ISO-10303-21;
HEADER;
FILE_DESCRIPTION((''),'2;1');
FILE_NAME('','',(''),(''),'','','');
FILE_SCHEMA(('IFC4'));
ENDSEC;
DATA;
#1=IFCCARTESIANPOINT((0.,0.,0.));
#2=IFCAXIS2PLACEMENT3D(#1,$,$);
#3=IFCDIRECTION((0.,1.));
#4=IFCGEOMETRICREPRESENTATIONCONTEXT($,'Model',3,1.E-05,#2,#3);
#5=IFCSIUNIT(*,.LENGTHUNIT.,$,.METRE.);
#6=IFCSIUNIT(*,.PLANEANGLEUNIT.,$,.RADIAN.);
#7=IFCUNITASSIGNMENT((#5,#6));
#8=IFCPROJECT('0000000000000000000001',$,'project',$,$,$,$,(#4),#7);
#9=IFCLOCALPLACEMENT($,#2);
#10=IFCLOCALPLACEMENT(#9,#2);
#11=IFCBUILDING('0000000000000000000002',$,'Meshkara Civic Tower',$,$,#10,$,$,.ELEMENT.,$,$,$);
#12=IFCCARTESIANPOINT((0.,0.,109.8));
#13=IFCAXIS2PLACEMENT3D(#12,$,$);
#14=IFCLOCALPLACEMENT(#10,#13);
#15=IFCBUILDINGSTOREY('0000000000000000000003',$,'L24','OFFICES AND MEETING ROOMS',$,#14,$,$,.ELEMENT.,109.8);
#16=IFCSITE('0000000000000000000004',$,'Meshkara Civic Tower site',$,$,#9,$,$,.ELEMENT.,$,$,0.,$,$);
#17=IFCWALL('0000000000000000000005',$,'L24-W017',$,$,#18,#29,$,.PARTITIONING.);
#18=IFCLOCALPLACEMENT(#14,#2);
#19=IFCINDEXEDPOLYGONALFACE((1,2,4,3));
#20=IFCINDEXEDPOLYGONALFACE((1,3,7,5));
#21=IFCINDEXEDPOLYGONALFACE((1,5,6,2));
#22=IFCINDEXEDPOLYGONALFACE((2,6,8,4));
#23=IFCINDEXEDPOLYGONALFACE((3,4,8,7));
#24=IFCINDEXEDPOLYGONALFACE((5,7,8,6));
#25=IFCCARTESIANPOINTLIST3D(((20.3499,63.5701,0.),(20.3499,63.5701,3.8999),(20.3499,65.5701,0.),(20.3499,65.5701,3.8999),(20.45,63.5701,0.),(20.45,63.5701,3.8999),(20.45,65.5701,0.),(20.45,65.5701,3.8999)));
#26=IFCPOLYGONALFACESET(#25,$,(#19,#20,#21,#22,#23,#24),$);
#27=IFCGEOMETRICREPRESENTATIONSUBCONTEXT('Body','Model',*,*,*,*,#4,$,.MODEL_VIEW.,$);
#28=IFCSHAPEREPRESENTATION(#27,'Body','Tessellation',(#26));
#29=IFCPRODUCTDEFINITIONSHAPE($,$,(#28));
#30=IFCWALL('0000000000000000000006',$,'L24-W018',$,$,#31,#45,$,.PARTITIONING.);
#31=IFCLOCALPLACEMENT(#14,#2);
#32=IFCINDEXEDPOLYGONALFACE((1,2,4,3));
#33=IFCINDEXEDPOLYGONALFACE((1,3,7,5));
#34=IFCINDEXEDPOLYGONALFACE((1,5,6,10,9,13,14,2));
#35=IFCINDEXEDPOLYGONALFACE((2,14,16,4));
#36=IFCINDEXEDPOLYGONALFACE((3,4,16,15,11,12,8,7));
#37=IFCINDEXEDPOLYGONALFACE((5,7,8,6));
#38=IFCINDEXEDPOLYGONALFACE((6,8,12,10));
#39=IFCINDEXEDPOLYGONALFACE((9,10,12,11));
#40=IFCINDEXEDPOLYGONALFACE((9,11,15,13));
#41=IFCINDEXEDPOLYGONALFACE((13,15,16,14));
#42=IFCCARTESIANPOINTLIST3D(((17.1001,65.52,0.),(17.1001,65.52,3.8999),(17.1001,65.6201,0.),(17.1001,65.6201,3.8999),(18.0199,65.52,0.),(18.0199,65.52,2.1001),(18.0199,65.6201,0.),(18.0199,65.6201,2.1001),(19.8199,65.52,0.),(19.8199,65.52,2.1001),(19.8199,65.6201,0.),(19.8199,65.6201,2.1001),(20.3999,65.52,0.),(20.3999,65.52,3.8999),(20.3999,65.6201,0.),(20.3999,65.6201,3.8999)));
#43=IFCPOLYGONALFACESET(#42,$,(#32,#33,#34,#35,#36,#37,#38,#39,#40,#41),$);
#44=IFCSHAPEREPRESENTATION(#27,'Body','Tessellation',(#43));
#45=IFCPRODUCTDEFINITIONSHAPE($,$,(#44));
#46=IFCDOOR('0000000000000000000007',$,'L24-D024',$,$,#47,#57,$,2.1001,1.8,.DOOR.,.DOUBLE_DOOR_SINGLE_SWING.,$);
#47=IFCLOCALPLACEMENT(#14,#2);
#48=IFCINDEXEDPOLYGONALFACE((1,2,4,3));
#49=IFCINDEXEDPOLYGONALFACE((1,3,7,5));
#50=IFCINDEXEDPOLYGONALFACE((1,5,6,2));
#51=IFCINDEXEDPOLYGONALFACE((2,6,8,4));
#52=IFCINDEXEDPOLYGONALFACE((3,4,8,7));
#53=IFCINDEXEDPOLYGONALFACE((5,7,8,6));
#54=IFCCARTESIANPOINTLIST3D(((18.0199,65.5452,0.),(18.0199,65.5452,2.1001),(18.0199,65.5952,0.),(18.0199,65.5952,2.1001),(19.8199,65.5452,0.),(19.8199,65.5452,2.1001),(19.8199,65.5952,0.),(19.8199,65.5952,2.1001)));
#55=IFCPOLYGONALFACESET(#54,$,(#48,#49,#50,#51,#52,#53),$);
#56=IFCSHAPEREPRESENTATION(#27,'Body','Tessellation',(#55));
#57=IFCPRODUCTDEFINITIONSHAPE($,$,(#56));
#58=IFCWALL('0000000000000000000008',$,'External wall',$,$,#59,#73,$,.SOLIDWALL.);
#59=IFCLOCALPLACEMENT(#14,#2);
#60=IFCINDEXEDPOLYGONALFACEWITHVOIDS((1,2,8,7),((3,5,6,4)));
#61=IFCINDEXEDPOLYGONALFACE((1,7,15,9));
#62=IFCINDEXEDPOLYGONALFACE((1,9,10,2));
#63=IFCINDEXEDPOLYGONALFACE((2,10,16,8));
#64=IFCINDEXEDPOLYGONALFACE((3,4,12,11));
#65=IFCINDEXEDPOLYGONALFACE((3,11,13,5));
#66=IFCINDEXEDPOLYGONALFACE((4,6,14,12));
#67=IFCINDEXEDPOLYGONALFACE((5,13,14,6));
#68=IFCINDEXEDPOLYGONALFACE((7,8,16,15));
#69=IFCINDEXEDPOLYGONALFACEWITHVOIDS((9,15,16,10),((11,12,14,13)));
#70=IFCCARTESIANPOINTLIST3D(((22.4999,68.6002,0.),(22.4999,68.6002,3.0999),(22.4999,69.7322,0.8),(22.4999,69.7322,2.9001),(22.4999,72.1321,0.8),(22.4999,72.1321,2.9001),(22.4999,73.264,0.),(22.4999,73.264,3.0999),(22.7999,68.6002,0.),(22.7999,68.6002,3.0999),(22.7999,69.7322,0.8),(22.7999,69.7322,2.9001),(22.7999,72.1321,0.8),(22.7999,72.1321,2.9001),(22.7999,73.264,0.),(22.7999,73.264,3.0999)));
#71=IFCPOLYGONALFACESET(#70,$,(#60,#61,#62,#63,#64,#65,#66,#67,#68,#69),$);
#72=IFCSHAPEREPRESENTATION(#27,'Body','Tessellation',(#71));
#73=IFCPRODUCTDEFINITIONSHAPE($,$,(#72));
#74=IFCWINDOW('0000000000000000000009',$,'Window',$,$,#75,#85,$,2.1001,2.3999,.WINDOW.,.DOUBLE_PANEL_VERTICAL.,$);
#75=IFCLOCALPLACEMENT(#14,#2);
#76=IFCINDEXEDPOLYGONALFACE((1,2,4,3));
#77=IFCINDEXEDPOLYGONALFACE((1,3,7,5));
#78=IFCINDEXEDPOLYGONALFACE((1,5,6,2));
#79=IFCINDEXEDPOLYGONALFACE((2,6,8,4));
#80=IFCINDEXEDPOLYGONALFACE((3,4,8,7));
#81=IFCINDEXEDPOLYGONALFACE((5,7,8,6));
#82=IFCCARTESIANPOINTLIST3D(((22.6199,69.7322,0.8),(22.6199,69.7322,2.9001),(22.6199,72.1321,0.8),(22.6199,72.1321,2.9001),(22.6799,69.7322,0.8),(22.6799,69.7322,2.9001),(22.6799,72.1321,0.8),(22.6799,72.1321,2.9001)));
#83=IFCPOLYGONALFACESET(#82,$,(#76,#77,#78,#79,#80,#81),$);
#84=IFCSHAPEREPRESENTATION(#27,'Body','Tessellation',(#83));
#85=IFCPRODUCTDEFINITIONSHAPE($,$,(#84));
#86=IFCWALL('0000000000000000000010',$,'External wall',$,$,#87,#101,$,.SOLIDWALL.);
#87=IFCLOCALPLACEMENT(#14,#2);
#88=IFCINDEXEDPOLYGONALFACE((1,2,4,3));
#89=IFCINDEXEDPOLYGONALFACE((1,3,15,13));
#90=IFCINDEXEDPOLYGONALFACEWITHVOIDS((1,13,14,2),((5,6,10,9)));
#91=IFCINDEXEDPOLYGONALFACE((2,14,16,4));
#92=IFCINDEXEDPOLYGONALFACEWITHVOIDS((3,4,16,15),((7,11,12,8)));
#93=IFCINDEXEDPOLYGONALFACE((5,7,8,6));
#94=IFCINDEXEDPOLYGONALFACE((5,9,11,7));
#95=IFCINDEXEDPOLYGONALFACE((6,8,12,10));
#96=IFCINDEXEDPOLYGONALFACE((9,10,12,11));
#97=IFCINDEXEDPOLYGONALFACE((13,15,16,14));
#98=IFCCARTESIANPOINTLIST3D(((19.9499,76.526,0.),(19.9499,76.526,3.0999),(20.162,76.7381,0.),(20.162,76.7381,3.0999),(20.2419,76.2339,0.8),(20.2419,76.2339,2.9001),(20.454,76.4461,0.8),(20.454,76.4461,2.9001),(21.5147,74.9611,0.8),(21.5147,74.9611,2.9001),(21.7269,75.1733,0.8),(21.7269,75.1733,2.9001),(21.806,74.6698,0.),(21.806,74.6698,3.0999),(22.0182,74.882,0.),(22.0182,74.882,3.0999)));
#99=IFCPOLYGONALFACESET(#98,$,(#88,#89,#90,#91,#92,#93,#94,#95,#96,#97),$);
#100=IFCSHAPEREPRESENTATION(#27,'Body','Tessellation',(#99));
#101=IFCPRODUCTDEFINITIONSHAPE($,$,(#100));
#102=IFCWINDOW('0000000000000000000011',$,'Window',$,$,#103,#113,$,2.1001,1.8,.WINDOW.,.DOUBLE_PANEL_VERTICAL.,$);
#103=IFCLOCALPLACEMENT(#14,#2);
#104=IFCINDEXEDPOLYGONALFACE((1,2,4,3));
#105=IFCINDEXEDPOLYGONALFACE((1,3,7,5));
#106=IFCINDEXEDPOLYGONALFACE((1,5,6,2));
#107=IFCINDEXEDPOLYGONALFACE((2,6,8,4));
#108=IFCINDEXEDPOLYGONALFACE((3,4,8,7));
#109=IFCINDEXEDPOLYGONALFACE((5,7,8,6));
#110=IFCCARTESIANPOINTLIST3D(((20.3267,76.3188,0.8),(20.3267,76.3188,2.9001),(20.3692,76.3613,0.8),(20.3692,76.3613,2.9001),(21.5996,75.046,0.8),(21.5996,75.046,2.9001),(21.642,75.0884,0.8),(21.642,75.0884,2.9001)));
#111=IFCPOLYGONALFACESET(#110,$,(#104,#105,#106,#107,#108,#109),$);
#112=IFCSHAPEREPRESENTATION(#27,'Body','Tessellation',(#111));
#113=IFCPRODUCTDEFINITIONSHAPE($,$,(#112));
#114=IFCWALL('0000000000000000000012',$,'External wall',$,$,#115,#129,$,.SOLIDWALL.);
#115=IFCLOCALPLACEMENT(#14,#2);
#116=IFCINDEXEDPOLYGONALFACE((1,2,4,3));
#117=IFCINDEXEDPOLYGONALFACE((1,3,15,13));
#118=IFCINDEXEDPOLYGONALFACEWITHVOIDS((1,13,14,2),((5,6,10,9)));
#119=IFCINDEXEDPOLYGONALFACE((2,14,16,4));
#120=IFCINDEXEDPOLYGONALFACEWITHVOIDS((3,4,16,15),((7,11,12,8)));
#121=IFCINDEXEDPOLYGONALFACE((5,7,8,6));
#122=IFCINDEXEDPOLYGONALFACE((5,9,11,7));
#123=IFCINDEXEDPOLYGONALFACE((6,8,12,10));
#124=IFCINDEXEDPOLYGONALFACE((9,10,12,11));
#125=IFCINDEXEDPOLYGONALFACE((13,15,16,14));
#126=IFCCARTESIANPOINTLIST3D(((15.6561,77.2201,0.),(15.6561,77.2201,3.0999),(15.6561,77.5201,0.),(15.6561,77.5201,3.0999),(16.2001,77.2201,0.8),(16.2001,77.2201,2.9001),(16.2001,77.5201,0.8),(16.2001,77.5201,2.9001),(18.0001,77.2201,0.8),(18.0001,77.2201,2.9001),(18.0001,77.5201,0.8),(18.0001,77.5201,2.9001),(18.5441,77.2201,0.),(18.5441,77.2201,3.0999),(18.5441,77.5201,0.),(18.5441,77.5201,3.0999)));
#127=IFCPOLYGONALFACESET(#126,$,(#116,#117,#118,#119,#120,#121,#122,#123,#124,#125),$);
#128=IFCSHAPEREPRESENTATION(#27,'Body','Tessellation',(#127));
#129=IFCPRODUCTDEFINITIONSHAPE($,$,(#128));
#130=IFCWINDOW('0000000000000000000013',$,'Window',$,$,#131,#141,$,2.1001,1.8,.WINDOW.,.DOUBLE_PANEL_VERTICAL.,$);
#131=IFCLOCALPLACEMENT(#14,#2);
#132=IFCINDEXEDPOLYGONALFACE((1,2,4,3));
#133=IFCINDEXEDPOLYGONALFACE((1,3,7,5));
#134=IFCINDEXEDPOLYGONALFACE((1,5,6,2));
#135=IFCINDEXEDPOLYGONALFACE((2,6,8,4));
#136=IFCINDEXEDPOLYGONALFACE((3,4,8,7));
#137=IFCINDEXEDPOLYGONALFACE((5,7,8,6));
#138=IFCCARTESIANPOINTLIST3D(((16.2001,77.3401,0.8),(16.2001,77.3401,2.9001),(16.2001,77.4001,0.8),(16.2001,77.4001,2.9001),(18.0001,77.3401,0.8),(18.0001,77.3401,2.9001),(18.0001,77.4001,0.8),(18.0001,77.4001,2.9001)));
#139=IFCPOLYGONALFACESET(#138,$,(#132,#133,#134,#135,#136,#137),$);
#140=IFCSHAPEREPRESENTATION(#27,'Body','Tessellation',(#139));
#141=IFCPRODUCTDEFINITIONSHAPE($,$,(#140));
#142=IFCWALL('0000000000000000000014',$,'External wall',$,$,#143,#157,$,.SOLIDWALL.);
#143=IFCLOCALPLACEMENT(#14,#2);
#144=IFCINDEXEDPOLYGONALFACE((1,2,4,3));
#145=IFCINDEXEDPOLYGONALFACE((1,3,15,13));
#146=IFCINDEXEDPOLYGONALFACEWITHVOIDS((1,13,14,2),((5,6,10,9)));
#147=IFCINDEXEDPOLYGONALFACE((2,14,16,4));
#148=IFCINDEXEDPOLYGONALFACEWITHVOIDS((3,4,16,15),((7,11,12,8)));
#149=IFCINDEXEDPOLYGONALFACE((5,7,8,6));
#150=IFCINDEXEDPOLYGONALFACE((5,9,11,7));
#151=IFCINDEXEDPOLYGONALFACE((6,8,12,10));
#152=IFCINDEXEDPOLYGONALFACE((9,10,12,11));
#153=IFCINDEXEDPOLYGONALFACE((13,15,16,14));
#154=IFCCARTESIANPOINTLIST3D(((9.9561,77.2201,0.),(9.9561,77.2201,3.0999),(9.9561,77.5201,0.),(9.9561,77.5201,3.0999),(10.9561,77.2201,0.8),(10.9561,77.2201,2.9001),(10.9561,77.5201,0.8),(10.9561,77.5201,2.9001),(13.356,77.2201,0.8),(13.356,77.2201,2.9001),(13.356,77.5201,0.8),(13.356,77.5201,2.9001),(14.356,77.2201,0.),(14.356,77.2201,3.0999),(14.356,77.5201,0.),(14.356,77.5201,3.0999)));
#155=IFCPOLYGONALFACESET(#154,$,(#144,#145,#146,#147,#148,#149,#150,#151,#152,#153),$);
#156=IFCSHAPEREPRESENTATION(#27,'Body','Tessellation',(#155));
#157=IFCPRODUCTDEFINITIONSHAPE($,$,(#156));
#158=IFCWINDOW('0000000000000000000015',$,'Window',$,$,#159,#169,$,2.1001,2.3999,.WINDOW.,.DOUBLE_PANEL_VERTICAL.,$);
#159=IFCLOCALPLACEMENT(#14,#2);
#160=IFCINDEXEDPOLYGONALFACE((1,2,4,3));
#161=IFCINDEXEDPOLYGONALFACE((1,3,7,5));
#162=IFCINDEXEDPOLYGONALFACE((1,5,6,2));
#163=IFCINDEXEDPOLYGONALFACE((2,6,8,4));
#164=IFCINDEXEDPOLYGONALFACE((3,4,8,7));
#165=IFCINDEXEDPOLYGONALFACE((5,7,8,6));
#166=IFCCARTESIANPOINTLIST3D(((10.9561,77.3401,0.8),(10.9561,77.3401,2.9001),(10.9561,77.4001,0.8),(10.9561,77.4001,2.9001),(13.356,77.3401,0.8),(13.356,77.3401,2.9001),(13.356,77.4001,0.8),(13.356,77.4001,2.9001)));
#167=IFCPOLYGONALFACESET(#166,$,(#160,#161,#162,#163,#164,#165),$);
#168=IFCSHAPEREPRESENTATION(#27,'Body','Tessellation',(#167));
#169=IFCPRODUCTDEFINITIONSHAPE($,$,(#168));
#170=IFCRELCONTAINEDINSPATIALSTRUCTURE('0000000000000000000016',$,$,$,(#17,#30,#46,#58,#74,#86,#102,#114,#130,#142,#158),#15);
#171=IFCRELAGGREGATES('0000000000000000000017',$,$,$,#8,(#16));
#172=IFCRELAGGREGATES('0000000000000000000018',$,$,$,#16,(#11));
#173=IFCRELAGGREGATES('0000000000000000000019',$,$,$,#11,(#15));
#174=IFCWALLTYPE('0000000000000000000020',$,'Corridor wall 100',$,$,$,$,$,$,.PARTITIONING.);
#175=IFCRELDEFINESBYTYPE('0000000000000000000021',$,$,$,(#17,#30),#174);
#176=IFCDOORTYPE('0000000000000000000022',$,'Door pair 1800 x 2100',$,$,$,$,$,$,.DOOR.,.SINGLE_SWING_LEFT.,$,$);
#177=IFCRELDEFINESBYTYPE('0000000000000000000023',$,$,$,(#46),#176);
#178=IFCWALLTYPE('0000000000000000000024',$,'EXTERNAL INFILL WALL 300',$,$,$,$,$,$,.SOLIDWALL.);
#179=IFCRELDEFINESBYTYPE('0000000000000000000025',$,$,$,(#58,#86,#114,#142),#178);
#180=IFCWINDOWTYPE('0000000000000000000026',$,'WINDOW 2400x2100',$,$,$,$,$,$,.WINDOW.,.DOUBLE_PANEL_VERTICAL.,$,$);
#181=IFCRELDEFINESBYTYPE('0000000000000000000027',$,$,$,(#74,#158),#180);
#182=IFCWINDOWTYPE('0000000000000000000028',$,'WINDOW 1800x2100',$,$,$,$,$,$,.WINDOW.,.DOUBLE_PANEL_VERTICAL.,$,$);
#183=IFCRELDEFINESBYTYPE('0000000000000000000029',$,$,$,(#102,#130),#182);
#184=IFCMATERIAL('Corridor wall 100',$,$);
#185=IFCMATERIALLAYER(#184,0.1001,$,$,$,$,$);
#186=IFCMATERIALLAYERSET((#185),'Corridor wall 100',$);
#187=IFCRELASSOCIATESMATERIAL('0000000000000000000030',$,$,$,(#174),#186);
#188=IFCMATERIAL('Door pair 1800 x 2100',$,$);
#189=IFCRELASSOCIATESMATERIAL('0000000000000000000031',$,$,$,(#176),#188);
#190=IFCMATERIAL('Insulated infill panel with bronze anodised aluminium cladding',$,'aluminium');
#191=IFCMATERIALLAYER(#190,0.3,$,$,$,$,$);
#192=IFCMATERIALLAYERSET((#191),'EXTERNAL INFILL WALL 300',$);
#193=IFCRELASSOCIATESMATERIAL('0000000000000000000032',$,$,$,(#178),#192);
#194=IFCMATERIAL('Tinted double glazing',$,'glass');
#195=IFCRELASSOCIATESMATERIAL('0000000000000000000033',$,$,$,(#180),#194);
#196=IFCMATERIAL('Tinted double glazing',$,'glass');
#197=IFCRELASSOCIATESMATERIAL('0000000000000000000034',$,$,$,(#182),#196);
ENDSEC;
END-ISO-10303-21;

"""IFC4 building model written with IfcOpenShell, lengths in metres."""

from ifc_helpers import new_model, si_unit, direction, frame, frame_2d, origin, place, context, subcontext, project, spatial, rectangle, extrude, material, layer, layer_set, type_object, element, fill, save


model = new_model("IFC4")

# Units and contexts
model_context = context("Model", 3, precision=1e-05, world=origin(), true_north=direction((0.0, 1.0)))
body_context = subcontext(model_context, "Body", "Model", "MODEL_VIEW")
ifc_project = project(units=[si_unit("LENGTHUNIT", "METRE"), si_unit("PLANEANGLEUNIT", "RADIAN")], contexts=[model_context])

# Site, building, storey
site_placement = place(None, origin())
site = spatial("IfcSite", under=ifc_project, at=site_placement, Name="Meshkara Civic Tower site", CompositionType="ELEMENT", RefElevation=0.0)
building_placement = place(site_placement, origin())
building = spatial("IfcBuilding", under=site, at=building_placement, Name="Meshkara Civic Tower", CompositionType="ELEMENT")
storey_placement = place(building_placement, frame((0.0, 0.0, 109.8)))
storey = spatial("IfcBuildingStorey", under=building, at=storey_placement, Name="L24", Description="OFFICES AND MEETING ROOMS", CompositionType="ELEMENT", Elevation=109.8)

# Shared definitions
ifc_material_1 = material(Name="Corridor wall 100")
ifc_layer_1 = layer(ifc_material_1, 0.1001)
ifc_layer_set_1 = layer_set([ifc_layer_1], Name="Corridor wall 100")
wall_type_1 = type_object("IfcWallType", Name="Corridor wall 100", PredefinedType="PARTITIONING", material=ifc_layer_set_1)
ifc_material_2 = material(Name="Door pair 1800 x 2100")
door_type_1 = type_object("IfcDoorType", Name="Door pair 1800 x 2100", OperationType="SINGLE_SWING_LEFT", PredefinedType="DOOR", material=ifc_material_2)

# Wall
wall_1_placement = place(storey_placement, frame((20.3999, 63.5701, 0.0), z_axis=(0.0, 0.0, 1.0), x_axis=(0.0, 1.0, 0.0)))
element("IfcWall", 1, at=wall_1_placement, inside=storey, type_object=wall_type_1, Name="L24-W017", PredefinedType="PARTITIONING", context=body_context, shape_type="SweptSolid", body=[
    extrude(rectangle(XDim=2.0, YDim=0.1001, at=frame_2d((1.0, 0.0))), origin(), (0.0, 0.0, 1.0), 3.8999),
])

# Wall, opening, door
wall_2_placement = place(storey_placement, frame((20.3999, 65.5701, 0.0), z_axis=(0.0, 0.0, 1.0), x_axis=(-1.0, 0.0, 0.0)))
wall_2 = element("IfcWall", 2, at=wall_2_placement, inside=storey, type_object=wall_type_1, Name="L24-W018", PredefinedType="PARTITIONING", context=body_context, shape_type="SweptSolid", body=[
    extrude(rectangle(XDim=3.2998, YDim=0.1001, at=frame_2d((1.6499, 0.0))), origin(), (0.0, 0.0, 1.0), 3.8999),
])
opening_1_placement = place(wall_2_placement, frame((0.5801, 0.0, 0.0)))
opening_1 = element("IfcOpeningElement", 3, at=opening_1_placement, cuts=wall_2, PredefinedType="OPENING", context=body_context, shape_type="SweptSolid", body=[
    extrude(rectangle(XDim=1.8, YDim=2.1001, at=frame_2d((0.8999, 1.05))), frame((0.0, 0.0601, 0.0), z_axis=(0.0, -1.0, 0.0), x_axis=(1.0, 0.0, 0.0)), (0.0, 0.0, 1.0), 0.1201),
])
door_1_placement = place(opening_1_placement, origin())
door_1 = element("IfcDoor", 4, at=door_1_placement, inside=storey, type_object=door_type_1, Name="L24-D024", OperationType="DOUBLE_DOOR_SINGLE_SWING", OverallHeight=2.1001, OverallWidth=1.8, PredefinedType="DOOR", context=body_context, shape_type="SweptSolid", body=[
    extrude(rectangle(XDim=1.8, YDim=2.1001, at=frame_2d((0.8999, 1.05))), frame((0.0, 0.0249, 0.0), z_axis=(0.0, -1.0, 0.0), x_axis=(1.0, 0.0, 0.0)), (0.0, 0.0, 1.0), 0.05),
])
fill(opening_1, door_1)

# Walls, openings, windows
ifc_material_3 = material(Name="Insulated infill panel with bronze anodised aluminium cladding", Category="aluminium")
ifc_layer_2 = layer(ifc_material_3, 0.3)
ifc_layer_set_2 = layer_set([ifc_layer_2], Name="EXTERNAL INFILL WALL 300")
wall_type_2 = type_object("IfcWallType", Name="EXTERNAL INFILL WALL 300", PredefinedType="SOLIDWALL", material=ifc_layer_set_2)
wall_3_placement = place(storey_placement, frame((22.6499, 68.6001, 0.0), z_axis=(0.0, 0.0, 1.0), x_axis=(0.0, 1.0, 0.0)))
wall_3 = element("IfcWall", 5, at=wall_3_placement, inside=storey, type_object=wall_type_2, Name="External wall", PredefinedType="SOLIDWALL", context=body_context, shape_type="SweptSolid", body=[
    extrude(rectangle(XDim=4.6638, YDim=0.3, at=frame_2d((2.332, 0.0))), origin(), (0.0, 0.0, 1.0), 3.0999),
])
opening_2_placement = place(wall_3_placement, frame((1.1321, 0.0, 0.8)))
opening_2 = element("IfcOpeningElement", 6, at=opening_2_placement, cuts=wall_3, PredefinedType="OPENING", context=body_context, shape_type="SweptSolid", body=[
    extrude(rectangle(XDim=2.3999, YDim=2.1001, at=frame_2d((1.2, 1.05))), frame((0.0, 0.1599, 0.0), z_axis=(0.0, -1.0, 0.0), x_axis=(1.0, 0.0, 0.0)), (0.0, 0.0, 1.0), 0.3201),
])
ifc_material_4 = material(Name="Tinted double glazing", Category="glass")
window_type_1 = type_object("IfcWindowType", Name="WINDOW 2400x2100", PartitioningType="DOUBLE_PANEL_VERTICAL", PredefinedType="WINDOW", material=ifc_material_4)
window_1_placement = place(opening_2_placement, origin())
window_1 = element("IfcWindow", 7, at=window_1_placement, inside=storey, type_object=window_type_1, Name="Window", OverallHeight=2.1001, OverallWidth=2.3999, PartitioningType="DOUBLE_PANEL_VERTICAL", PredefinedType="WINDOW", context=body_context, shape_type="SweptSolid", body=[
    extrude(rectangle(XDim=2.3999, YDim=2.1001, at=frame_2d((1.2, 1.05))), frame((0.0, 0.03, 0.0), z_axis=(0.0, -1.0, 0.0), x_axis=(1.0, 0.0, 0.0)), (0.0, 0.0, 1.0), 0.0601),
])
fill(opening_2, window_1)
wall_4_placement = place(storey_placement, frame((21.9121, 74.7759, 0.0), z_axis=(0.0, 0.0, 1.0), x_axis=(-0.707107, 0.707107, 0.0)))
wall_4 = element("IfcWall", 8, at=wall_4_placement, inside=storey, type_object=wall_type_2, Name="External wall", PredefinedType="SOLIDWALL", context=body_context, shape_type="SweptSolid", body=[
    extrude(rectangle(XDim=2.625, YDim=0.3, at=frame_2d((1.3125, 0.0))), origin(), (0.0, 0.0, 1.0), 3.0999),
])
opening_3_placement = place(wall_4_placement, frame((0.4121, 0.0, 0.8)))
opening_3 = element("IfcOpeningElement", 9, at=opening_3_placement, cuts=wall_4, PredefinedType="OPENING", context=body_context, shape_type="SweptSolid", body=[
    extrude(rectangle(XDim=1.8, YDim=2.1001, at=frame_2d((0.8999, 1.05))), frame((0.0, 0.1599, 0.0), z_axis=(0.0, -1.0, 0.0), x_axis=(1.0, 0.0, 0.0)), (0.0, 0.0, 1.0), 0.3201),
])
ifc_material_5 = material(Name="Tinted double glazing", Category="glass")
window_type_2 = type_object("IfcWindowType", Name="WINDOW 1800x2100", PartitioningType="DOUBLE_PANEL_VERTICAL", PredefinedType="WINDOW", material=ifc_material_5)
window_2_placement = place(opening_3_placement, origin())
window_2 = element("IfcWindow", 10, at=window_2_placement, inside=storey, type_object=window_type_2, Name="Window", OverallHeight=2.1001, OverallWidth=1.8, PartitioningType="DOUBLE_PANEL_VERTICAL", PredefinedType="WINDOW", context=body_context, shape_type="SweptSolid", body=[
    extrude(rectangle(XDim=1.8, YDim=2.1001, at=frame_2d((0.8999, 1.05))), frame((0.0, 0.03, 0.0), z_axis=(0.0, -1.0, 0.0), x_axis=(1.0, 0.0, 0.0)), (0.0, 0.0, 1.0), 0.0601),
])
fill(opening_3, window_2)
wall_5_placement = place(storey_placement, frame((18.5439, 77.3701, 0.0), z_axis=(0.0, 0.0, 1.0), x_axis=(-1.0, 0.0, 0.0)))
wall_5 = element("IfcWall", 11, at=wall_5_placement, inside=storey, type_object=wall_type_2, Name="External wall", PredefinedType="SOLIDWALL", context=body_context, shape_type="SweptSolid", body=[
    extrude(rectangle(XDim=2.8879, YDim=0.3, at=frame_2d((1.4438, 0.0))), origin(), (0.0, 0.0, 1.0), 3.0999),
])
opening_4_placement = place(wall_5_placement, frame((0.5439, 0.0, 0.8)))
opening_4 = element("IfcOpeningElement", 12, at=opening_4_placement, cuts=wall_5, PredefinedType="OPENING", context=body_context, shape_type="SweptSolid", body=[
    extrude(rectangle(XDim=1.8, YDim=2.1001, at=frame_2d((0.8999, 1.05))), frame((0.0, 0.1599, 0.0), z_axis=(0.0, -1.0, 0.0), x_axis=(1.0, 0.0, 0.0)), (0.0, 0.0, 1.0), 0.3201),
])
window_3_placement = place(opening_4_placement, origin())
window_3 = element("IfcWindow", 13, at=window_3_placement, inside=storey, type_object=window_type_2, Name="Window", OverallHeight=2.1001, OverallWidth=1.8, PartitioningType="DOUBLE_PANEL_VERTICAL", PredefinedType="WINDOW", context=body_context, shape_type="SweptSolid", body=[
    extrude(rectangle(XDim=1.8, YDim=2.1001, at=frame_2d((0.8999, 1.05))), frame((0.0, 0.03, 0.0), z_axis=(0.0, -1.0, 0.0), x_axis=(1.0, 0.0, 0.0)), (0.0, 0.0, 1.0), 0.0601),
])
fill(opening_4, window_3)
wall_6_placement = place(storey_placement, frame((14.356, 77.3701, 0.0), z_axis=(0.0, 0.0, 1.0), x_axis=(-1.0, 0.0, 0.0)))
wall_6 = element("IfcWall", 14, at=wall_6_placement, inside=storey, type_object=wall_type_2, Name="External wall", PredefinedType="SOLIDWALL", context=body_context, shape_type="SweptSolid", body=[
    extrude(rectangle(XDim=4.3999, YDim=0.3, at=frame_2d((2.2, 0.0))), origin(), (0.0, 0.0, 1.0), 3.0999),
])
opening_5_placement = place(wall_6_placement, frame((1.0, 0.0, 0.8)))
opening_5 = element("IfcOpeningElement", 15, at=opening_5_placement, cuts=wall_6, PredefinedType="OPENING", context=body_context, shape_type="SweptSolid", body=[
    extrude(rectangle(XDim=2.3999, YDim=2.1001, at=frame_2d((1.2, 1.05))), frame((0.0, 0.1599, 0.0), z_axis=(0.0, -1.0, 0.0), x_axis=(1.0, 0.0, 0.0)), (0.0, 0.0, 1.0), 0.3201),
])
window_4_placement = place(opening_5_placement, origin())
window_4 = element("IfcWindow", 16, at=window_4_placement, inside=storey, type_object=window_type_1, Name="Window", OverallHeight=2.1001, OverallWidth=2.3999, PartitioningType="DOUBLE_PANEL_VERTICAL", PredefinedType="WINDOW", context=body_context, shape_type="SweptSolid", body=[
    extrude(rectangle(XDim=2.3999, YDim=2.1001, at=frame_2d((1.2, 1.05))), frame((0.0, 0.03, 0.0), z_axis=(0.0, -1.0, 0.0), x_axis=(1.0, 0.0, 0.0)), (0.0, 0.0, 1.0), 0.0601),
])
fill(opening_5, window_4)

save(model, "model.ifc")
